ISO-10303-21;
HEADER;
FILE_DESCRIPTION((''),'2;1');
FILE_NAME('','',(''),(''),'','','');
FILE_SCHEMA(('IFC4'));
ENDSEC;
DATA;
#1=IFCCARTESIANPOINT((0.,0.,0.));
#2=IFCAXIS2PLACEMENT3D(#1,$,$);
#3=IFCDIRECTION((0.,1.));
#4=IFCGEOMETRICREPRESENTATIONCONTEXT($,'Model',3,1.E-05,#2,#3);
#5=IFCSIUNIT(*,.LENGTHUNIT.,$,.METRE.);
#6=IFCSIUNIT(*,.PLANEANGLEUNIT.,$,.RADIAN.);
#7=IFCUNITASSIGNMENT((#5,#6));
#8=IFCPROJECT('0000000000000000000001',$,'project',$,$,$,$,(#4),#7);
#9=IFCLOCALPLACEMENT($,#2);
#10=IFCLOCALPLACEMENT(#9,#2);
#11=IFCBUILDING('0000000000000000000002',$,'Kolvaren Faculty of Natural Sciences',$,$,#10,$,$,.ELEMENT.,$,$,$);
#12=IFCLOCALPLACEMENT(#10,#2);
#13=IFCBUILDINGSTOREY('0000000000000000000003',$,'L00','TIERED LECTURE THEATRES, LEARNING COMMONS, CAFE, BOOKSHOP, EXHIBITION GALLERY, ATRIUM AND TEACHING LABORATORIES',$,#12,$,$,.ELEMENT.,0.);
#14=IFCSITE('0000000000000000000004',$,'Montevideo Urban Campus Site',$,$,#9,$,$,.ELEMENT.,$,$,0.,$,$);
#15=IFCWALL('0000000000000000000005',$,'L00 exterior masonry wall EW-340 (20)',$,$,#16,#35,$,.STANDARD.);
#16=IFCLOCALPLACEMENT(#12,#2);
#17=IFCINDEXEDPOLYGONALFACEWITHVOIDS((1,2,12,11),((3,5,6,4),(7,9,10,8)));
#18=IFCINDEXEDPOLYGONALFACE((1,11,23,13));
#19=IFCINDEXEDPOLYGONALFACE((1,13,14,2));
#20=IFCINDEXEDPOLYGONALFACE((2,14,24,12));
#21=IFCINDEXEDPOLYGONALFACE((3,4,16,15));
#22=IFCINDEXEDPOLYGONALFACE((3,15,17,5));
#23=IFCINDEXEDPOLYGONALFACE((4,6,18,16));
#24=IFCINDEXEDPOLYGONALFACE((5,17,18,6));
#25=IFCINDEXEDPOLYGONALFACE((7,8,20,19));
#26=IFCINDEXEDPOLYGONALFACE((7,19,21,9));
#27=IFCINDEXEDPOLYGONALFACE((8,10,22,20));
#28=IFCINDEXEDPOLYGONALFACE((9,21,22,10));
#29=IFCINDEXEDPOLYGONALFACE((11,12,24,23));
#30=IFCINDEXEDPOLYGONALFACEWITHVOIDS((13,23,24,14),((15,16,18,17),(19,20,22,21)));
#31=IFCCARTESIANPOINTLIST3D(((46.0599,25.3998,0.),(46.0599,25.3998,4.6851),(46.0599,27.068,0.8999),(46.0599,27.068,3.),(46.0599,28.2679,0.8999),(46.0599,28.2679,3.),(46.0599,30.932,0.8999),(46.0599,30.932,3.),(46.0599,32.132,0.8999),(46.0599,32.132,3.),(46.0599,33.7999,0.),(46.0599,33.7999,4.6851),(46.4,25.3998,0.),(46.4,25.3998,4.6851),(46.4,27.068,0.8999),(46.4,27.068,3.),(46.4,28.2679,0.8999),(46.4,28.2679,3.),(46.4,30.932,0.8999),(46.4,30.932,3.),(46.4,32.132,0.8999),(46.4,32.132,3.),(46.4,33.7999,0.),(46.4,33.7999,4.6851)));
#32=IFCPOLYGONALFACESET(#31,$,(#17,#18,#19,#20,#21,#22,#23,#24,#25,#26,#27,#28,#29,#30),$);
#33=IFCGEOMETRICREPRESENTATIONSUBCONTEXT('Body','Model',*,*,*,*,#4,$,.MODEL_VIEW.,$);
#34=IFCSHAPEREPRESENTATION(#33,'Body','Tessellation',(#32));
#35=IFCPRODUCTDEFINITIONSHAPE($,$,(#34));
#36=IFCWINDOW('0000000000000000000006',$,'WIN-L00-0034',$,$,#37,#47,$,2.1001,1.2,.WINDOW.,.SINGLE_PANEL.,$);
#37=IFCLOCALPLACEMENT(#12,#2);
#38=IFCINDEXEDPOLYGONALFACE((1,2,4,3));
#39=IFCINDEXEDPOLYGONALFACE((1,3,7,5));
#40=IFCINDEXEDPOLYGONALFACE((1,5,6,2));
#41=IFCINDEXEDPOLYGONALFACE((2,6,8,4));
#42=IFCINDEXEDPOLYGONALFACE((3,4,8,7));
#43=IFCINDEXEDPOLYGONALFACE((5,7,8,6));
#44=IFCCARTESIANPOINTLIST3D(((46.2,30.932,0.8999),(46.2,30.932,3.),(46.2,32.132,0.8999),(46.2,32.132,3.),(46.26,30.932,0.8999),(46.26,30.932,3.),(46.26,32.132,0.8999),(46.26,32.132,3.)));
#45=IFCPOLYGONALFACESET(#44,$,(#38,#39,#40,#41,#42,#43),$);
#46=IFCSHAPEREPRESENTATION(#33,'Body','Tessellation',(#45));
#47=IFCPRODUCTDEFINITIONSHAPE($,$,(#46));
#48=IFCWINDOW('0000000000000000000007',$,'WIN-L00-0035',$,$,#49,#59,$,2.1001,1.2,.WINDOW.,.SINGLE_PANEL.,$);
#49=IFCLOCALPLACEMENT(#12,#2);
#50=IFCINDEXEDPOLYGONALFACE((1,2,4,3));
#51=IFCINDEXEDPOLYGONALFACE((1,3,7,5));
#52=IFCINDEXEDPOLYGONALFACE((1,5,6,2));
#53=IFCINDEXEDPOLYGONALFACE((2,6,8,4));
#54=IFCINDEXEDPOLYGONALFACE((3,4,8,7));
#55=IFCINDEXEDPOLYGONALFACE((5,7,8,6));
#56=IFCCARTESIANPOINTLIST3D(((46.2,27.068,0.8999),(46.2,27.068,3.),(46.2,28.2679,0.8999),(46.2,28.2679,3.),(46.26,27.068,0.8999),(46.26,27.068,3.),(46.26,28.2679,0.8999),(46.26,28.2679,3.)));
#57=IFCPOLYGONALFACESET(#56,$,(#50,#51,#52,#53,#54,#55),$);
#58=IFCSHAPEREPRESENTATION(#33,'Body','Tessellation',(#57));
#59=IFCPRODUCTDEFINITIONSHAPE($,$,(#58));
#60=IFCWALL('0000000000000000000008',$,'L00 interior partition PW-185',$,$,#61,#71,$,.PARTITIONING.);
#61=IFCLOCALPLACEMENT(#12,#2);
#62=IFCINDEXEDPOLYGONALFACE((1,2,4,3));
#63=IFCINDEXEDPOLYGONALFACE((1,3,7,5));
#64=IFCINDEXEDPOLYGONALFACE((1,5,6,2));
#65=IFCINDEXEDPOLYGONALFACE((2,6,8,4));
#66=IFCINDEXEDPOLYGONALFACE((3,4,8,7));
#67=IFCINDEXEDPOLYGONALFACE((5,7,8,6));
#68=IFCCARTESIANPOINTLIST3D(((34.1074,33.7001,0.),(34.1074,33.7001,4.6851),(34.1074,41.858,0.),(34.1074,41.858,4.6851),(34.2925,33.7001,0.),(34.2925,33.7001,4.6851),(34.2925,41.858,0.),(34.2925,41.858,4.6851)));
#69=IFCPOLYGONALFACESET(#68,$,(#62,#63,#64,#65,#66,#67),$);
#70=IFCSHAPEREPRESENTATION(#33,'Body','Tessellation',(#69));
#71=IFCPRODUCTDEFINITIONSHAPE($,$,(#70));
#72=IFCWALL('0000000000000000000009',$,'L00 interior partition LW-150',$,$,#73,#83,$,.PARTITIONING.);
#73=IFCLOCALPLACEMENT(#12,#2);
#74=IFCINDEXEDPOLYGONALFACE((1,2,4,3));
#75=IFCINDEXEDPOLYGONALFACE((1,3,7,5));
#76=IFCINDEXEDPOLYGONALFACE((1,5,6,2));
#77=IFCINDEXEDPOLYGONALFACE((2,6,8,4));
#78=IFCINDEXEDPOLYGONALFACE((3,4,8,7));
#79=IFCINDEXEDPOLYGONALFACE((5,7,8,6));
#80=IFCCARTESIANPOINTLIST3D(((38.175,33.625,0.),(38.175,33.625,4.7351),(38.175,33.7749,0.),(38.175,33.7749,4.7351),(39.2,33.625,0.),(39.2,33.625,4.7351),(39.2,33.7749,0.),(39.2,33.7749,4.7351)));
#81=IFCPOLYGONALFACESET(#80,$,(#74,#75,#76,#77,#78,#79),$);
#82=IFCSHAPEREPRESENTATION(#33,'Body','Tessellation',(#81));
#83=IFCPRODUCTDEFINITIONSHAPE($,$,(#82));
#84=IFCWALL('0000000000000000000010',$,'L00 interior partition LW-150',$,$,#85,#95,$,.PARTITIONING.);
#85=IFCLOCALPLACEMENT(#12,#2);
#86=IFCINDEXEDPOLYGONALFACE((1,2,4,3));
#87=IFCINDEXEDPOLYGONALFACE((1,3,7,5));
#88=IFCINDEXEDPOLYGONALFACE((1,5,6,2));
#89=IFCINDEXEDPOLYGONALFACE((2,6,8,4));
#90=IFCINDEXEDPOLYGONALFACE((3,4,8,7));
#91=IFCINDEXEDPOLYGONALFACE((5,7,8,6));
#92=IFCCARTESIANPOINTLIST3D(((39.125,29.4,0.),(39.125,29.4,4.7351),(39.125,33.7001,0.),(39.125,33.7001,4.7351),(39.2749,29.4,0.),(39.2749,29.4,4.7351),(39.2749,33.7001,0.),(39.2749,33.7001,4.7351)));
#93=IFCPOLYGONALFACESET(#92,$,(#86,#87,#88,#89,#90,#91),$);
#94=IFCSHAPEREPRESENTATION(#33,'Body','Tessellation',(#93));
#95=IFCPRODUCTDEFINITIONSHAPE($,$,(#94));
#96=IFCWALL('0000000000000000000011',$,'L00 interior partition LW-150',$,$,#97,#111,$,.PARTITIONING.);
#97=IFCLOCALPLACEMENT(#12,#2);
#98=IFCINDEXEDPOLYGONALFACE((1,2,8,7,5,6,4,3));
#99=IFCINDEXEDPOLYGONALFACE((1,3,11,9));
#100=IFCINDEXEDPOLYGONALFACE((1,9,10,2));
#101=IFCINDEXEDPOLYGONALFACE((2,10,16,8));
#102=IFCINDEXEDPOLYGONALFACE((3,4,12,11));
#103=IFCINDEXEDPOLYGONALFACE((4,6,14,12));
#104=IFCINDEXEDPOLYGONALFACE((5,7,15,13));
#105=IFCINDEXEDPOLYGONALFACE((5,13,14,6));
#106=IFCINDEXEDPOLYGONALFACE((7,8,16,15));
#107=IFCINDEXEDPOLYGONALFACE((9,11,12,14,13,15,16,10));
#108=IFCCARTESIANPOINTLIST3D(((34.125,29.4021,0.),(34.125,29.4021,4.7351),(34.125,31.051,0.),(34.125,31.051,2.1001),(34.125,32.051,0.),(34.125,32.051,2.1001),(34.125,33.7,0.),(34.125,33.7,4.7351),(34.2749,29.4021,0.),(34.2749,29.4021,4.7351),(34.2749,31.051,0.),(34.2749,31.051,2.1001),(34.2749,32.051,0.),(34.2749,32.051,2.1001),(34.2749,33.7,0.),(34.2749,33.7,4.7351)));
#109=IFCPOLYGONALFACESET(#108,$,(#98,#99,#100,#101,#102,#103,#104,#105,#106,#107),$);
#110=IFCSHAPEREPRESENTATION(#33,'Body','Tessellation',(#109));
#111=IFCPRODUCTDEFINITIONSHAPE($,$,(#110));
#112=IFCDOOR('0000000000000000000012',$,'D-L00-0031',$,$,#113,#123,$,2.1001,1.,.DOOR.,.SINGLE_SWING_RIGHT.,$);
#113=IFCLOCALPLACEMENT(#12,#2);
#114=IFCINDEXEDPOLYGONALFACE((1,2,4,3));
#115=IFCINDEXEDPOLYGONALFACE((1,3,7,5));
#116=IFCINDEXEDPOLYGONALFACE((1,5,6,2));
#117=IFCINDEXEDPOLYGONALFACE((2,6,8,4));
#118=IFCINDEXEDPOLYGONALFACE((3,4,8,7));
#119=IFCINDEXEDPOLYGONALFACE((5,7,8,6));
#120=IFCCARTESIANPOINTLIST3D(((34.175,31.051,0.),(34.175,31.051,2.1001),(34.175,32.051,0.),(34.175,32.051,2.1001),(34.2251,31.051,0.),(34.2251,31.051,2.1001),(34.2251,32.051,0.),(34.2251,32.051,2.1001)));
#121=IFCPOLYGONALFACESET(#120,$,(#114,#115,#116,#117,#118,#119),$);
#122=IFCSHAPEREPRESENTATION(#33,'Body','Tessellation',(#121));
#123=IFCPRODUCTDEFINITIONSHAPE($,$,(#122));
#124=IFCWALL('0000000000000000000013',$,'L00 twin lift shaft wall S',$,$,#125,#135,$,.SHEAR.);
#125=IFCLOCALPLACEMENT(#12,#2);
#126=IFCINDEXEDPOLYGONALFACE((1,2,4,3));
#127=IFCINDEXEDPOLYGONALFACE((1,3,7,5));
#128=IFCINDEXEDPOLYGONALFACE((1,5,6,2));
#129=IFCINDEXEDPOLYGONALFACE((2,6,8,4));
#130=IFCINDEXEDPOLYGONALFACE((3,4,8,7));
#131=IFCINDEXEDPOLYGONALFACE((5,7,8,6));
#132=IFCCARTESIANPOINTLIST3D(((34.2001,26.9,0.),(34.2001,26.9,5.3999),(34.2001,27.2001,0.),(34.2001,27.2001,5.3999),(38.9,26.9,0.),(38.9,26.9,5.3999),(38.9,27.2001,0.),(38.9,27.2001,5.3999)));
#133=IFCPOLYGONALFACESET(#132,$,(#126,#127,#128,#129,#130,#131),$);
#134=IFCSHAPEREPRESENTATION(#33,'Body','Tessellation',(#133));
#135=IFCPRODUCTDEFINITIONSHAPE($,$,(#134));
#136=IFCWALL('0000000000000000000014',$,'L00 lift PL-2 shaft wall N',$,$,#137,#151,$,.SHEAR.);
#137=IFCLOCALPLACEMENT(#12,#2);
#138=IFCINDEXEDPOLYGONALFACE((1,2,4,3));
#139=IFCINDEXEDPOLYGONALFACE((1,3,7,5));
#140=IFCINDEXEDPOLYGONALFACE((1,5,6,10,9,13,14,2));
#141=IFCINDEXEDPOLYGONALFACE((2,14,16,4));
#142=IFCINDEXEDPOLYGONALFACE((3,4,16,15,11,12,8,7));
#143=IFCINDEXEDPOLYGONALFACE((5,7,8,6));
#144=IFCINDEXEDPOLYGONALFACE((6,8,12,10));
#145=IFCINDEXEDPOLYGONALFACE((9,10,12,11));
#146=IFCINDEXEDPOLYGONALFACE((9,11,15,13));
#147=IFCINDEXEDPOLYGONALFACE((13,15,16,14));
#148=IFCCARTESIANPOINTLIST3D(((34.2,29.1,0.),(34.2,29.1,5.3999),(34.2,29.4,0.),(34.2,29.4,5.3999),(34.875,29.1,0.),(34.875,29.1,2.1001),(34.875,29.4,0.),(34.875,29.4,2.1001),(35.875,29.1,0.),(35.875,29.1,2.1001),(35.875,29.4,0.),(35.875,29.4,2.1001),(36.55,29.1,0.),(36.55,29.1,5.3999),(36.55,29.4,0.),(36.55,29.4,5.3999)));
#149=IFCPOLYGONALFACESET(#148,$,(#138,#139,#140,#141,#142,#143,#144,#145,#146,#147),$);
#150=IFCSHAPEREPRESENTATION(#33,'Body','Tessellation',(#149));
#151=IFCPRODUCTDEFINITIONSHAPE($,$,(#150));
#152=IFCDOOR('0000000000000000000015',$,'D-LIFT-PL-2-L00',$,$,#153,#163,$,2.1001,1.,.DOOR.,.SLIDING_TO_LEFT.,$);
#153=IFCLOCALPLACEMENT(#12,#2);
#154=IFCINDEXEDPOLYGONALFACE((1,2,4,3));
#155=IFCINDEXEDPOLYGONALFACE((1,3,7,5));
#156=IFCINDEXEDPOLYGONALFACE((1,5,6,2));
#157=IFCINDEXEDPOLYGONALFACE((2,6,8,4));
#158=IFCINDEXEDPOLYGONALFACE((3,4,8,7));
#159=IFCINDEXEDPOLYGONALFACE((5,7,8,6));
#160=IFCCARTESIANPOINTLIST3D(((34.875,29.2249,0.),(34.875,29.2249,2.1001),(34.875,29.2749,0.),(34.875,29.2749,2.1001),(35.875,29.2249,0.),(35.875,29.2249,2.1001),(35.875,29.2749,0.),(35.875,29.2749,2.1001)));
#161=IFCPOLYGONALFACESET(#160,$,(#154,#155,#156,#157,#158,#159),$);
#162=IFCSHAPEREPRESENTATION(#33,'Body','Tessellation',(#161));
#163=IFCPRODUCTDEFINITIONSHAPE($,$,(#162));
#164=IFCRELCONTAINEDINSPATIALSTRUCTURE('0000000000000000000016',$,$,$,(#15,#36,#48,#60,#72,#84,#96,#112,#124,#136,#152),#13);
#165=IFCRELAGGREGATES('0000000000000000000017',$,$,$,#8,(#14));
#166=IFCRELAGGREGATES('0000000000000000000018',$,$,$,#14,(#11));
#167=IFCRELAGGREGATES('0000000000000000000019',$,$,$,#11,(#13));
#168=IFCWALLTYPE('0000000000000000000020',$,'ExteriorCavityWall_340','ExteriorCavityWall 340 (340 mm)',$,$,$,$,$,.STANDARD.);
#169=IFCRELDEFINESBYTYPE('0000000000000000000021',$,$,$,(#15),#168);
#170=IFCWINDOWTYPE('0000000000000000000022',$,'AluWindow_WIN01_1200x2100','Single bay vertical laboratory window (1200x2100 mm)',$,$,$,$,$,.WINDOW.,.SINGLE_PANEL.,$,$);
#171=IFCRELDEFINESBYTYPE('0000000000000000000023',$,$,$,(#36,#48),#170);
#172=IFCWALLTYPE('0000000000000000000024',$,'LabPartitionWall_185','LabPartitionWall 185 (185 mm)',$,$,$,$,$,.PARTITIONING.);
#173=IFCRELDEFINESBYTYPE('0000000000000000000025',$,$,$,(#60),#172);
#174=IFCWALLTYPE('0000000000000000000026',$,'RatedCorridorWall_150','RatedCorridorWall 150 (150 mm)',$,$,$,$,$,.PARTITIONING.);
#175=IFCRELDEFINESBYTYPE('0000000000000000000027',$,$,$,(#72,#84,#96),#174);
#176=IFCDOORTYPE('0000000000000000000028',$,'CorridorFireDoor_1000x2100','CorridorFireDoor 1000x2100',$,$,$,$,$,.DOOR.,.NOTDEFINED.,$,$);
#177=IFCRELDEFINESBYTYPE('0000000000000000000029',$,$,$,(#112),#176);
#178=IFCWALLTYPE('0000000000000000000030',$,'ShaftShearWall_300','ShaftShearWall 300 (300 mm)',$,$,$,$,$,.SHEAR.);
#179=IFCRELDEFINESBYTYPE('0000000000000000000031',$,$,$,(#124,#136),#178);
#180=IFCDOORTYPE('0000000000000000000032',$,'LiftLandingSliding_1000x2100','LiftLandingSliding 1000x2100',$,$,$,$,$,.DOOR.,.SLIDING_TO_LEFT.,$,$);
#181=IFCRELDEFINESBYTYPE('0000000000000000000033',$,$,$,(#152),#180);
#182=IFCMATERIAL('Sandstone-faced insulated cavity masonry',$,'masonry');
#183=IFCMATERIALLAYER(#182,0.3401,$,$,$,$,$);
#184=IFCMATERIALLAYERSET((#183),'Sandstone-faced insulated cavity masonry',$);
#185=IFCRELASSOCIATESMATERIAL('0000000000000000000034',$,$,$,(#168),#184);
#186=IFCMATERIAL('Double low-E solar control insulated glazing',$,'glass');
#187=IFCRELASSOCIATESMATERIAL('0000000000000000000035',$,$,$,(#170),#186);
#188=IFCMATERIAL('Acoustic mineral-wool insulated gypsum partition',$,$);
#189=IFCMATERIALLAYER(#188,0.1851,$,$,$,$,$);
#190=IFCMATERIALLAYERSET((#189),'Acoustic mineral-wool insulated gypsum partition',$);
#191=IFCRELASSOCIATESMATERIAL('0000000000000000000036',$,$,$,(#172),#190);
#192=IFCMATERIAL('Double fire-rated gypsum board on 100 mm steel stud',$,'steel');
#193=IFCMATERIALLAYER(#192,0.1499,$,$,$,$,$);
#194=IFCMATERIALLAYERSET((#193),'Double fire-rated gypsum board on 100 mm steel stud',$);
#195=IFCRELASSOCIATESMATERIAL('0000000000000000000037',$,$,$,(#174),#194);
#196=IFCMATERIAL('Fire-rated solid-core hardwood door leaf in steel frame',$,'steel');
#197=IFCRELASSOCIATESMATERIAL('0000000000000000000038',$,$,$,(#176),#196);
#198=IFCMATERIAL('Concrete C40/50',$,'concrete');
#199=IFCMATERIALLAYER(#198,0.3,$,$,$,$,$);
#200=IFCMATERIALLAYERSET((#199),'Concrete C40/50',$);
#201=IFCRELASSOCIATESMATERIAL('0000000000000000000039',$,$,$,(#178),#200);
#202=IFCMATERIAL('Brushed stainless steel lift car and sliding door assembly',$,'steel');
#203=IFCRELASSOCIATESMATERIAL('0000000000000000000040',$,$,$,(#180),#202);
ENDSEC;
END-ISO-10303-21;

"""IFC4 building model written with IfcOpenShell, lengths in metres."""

from ifc_helpers import new_model, si_unit, direction, frame, frame_2d, origin, place, context, subcontext, project, spatial, rectangle, extrude, material, layer, layer_set, type_object, element, fill, save


model = new_model("IFC4")

# Units and contexts
model_context = context("Model", 3, precision=1e-05, world=origin(), true_north=direction((0.0, 1.0)))
body_context = subcontext(model_context, "Body", "Model", "MODEL_VIEW")
ifc_project = project(units=[si_unit("LENGTHUNIT", "METRE"), si_unit("PLANEANGLEUNIT", "RADIAN")], contexts=[model_context])

# Site, building, storey
site_placement = place(None, origin())
site = spatial("IfcSite", under=ifc_project, at=site_placement, Name="Montevideo Urban Campus Site", CompositionType="ELEMENT", RefElevation=0.0)
building_placement = place(site_placement, origin())
building = spatial("IfcBuilding", under=site, at=building_placement, Name="Kolvaren Faculty of Natural Sciences", CompositionType="ELEMENT")
storey_placement = place(building_placement, origin())
storey = spatial("IfcBuildingStorey", under=building, at=storey_placement, Name="L00", Description="TIERED LECTURE THEATRES, LEARNING COMMONS, CAFE, BOOKSHOP, EXHIBITION GALLERY, ATRIUM AND TEACHING LABORATORIES", CompositionType="ELEMENT", Elevation=0.0)

# Shared definitions
ifc_material_1 = material(Name="Concrete C40/50", Category="concrete")

# Shared definitions
ifc_material_2 = material(Name="Fire-rated solid-core hardwood door leaf in steel frame", Category="steel")

# Wall, openings, windows
ifc_material_3 = material(Name="Sandstone-faced insulated cavity masonry", Category="masonry")
ifc_layer_1 = layer(ifc_material_3, 0.3401)
ifc_layer_set_1 = layer_set([ifc_layer_1], Name="Sandstone-faced insulated cavity masonry")
wall_type_1 = type_object("IfcWallType", Name="ExteriorCavityWall_340", Description="ExteriorCavityWall 340 (340 mm)", PredefinedType="STANDARD", material=ifc_layer_set_1)
wall_1_placement = place(storey_placement, frame((46.23, 33.8, 0.0), z_axis=(0.0, 0.0, 1.0), x_axis=(0.0, -1.0, 0.0)))
wall_1 = element("IfcWall", 1, at=wall_1_placement, inside=storey, type_object=wall_type_1, Name="L00 exterior masonry wall EW-340 (20)", PredefinedType="STANDARD", context=body_context, shape_type="SweptSolid", body=[
    extrude(rectangle(XDim=8.4001, YDim=0.3401, at=frame_2d((4.2002, 0.0))), origin(), (0.0, 0.0, 1.0), 4.6851),
])
opening_1_placement = place(wall_1_placement, frame((1.668, 0.0, 0.8999)))
opening_1 = element("IfcOpeningElement", 2, at=opening_1_placement, cuts=wall_1, PredefinedType="OPENING", context=body_context, shape_type="SweptSolid", body=[
    extrude(rectangle(XDim=1.2, YDim=2.1001, at=frame_2d((0.6001, 1.05))), frame((0.0, 0.1799, 0.0), z_axis=(0.0, -1.0, 0.0), x_axis=(1.0, 0.0, 0.0)), (0.0, 0.0, 1.0), 0.3601),
])
opening_2_placement = place(wall_1_placement, frame((5.532, 0.0, 0.8999)))
opening_2 = element("IfcOpeningElement", 3, at=opening_2_placement, cuts=wall_1, PredefinedType="OPENING", context=body_context, shape_type="SweptSolid", body=[
    extrude(rectangle(XDim=1.2, YDim=2.1001, at=frame_2d((0.6001, 1.05))), frame((0.0, 0.1799, 0.0), z_axis=(0.0, -1.0, 0.0), x_axis=(1.0, 0.0, 0.0)), (0.0, 0.0, 1.0), 0.3601),
])
ifc_material_4 = material(Name="Double low-E solar control insulated glazing", Category="glass")
window_type = type_object("IfcWindowType", Name="AluWindow_WIN01_1200x2100", Description="Single bay vertical laboratory window (1200x2100 mm)", PartitioningType="SINGLE_PANEL", PredefinedType="WINDOW", material=ifc_material_4)
window_1_placement = place(opening_1_placement, origin())
window_1 = element("IfcWindow", 4, at=window_1_placement, inside=storey, type_object=window_type, Name="WIN-L00-0034", OverallHeight=2.1001, OverallWidth=1.2, PartitioningType="SINGLE_PANEL", PredefinedType="WINDOW", context=body_context, shape_type="SweptSolid", body=[
    extrude(rectangle(XDim=1.2, YDim=2.1001, at=frame_2d((0.6001, 1.05))), frame((0.0, 0.03, 0.0), z_axis=(0.0, -1.0, 0.0), x_axis=(1.0, 0.0, 0.0)), (0.0, 0.0, 1.0), 0.0601),
])
fill(opening_1, window_1)
window_2_placement = place(opening_2_placement, origin())
window_2 = element("IfcWindow", 5, at=window_2_placement, inside=storey, type_object=window_type, Name="WIN-L00-0035", OverallHeight=2.1001, OverallWidth=1.2, PartitioningType="SINGLE_PANEL", PredefinedType="WINDOW", context=body_context, shape_type="SweptSolid", body=[
    extrude(rectangle(XDim=1.2, YDim=2.1001, at=frame_2d((0.6001, 1.05))), frame((0.0, 0.03, 0.0), z_axis=(0.0, -1.0, 0.0), x_axis=(1.0, 0.0, 0.0)), (0.0, 0.0, 1.0), 0.0601),
])
fill(opening_2, window_2)

# Walls
ifc_material_5 = material(Name="Acoustic mineral-wool insulated gypsum partition")
ifc_layer_2 = layer(ifc_material_5, 0.1851)
ifc_layer_set_2 = layer_set([ifc_layer_2], Name="Acoustic mineral-wool insulated gypsum partition")
wall_type_2 = type_object("IfcWallType", Name="LabPartitionWall_185", Description="LabPartitionWall 185 (185 mm)", PredefinedType="PARTITIONING", material=ifc_layer_set_2)
wall_2_placement = place(storey_placement, frame((34.2, 33.7, 0.0), z_axis=(0.0, 0.0, 1.0), x_axis=(0.0, 1.0, 0.0)))
element("IfcWall", 6, at=wall_2_placement, inside=storey, type_object=wall_type_2, Name="L00 interior partition PW-185", PredefinedType="PARTITIONING", context=body_context, shape_type="SweptSolid", body=[
    extrude(rectangle(XDim=8.158, YDim=0.1851, at=frame_2d((4.0791, 0.0))), origin(), (0.0, 0.0, 1.0), 4.6851),
])
ifc_material_6 = material(Name="Double fire-rated gypsum board on 100 mm steel stud", Category="steel")
ifc_layer_3 = layer(ifc_material_6, 0.1499)
ifc_layer_set_3 = layer_set([ifc_layer_3], Name="Double fire-rated gypsum board on 100 mm steel stud")
wall_type_3 = type_object("IfcWallType", Name="RatedCorridorWall_150", Description="RatedCorridorWall 150 (150 mm)", PredefinedType="PARTITIONING", material=ifc_layer_set_3)
wall_3_placement = place(storey_placement, frame((38.175, 33.7, 0.0), z_axis=(0.0, 0.0, 1.0), x_axis=(1.0, 0.0, 0.0)))
element("IfcWall", 7, at=wall_3_placement, inside=storey, type_object=wall_type_3, Name="L00 interior partition LW-150", PredefinedType="PARTITIONING", context=body_context, shape_type="SweptSolid", body=[
    extrude(rectangle(XDim=1.0249, YDim=0.1499, at=frame_2d((0.5125, 0.0))), origin(), (0.0, 0.0, 1.0), 4.7351),
])
wall_4_placement = place(storey_placement, frame((39.2, 33.7, 0.0), z_axis=(0.0, 0.0, 1.0), x_axis=(0.0, -1.0, 0.0)))
element("IfcWall", 8, at=wall_4_placement, inside=storey, type_object=wall_type_3, Name="L00 interior partition LW-150", PredefinedType="PARTITIONING", context=body_context, shape_type="SweptSolid", body=[
    extrude(rectangle(XDim=4.3, YDim=0.1499, at=frame_2d((2.1499, 0.0))), origin(), (0.0, 0.0, 1.0), 4.7351),
])

# Wall, opening, door
wall_5_placement = place(storey_placement, frame((34.2, 29.4021, 0.0), z_axis=(0.0, 0.0, 1.0), x_axis=(0.0, 1.0, 0.0)))
wall_5 = element("IfcWall", 9, at=wall_5_placement, inside=storey, type_object=wall_type_3, Name="L00 interior partition LW-150", PredefinedType="PARTITIONING", context=body_context, shape_type="SweptSolid", body=[
    extrude(rectangle(XDim=4.2979, YDim=0.1499, at=frame_2d((2.1489, 0.0))), origin(), (0.0, 0.0, 1.0), 4.7351),
])
opening_3_placement = place(wall_5_placement, frame((1.6489, 0.0, 0.0)))
opening_3 = element("IfcOpeningElement", 10, at=opening_3_placement, cuts=wall_5, PredefinedType="OPENING", context=body_context, shape_type="SweptSolid", body=[
    extrude(rectangle(XDim=1.0, YDim=2.1001, at=frame_2d((0.5, 1.05))), frame((0.0, 0.085, 0.0), z_axis=(0.0, -1.0, 0.0), x_axis=(1.0, 0.0, 0.0)), (0.0, 0.0, 1.0), 0.1699),
])
door_type_1 = type_object("IfcDoorType", Name="CorridorFireDoor_1000x2100", Description="CorridorFireDoor 1000x2100", OperationType="NOTDEFINED", PredefinedType="DOOR", material=ifc_material_2)
door_1_placement = place(opening_3_placement, origin())
door_1 = element("IfcDoor", 11, at=door_1_placement, inside=storey, type_object=door_type_1, Name="D-L00-0031", OperationType="SINGLE_SWING_RIGHT", OverallHeight=2.1001, OverallWidth=1.0, PredefinedType="DOOR", context=body_context, shape_type="SweptSolid", body=[
    extrude(rectangle(XDim=1.0, YDim=2.1001, at=frame_2d((0.5, 1.05))), frame((0.0, 0.0249, 0.0), z_axis=(0.0, -1.0, 0.0), x_axis=(1.0, 0.0, 0.0)), (0.0, 0.0, 1.0), 0.05),
])
fill(opening_3, door_1)

# Wall
ifc_layer_4 = layer(ifc_material_1, 0.3)
ifc_layer_set_4 = layer_set([ifc_layer_4], Name="Concrete C40/50")
wall_type_4 = type_object("IfcWallType", Name="ShaftShearWall_300", Description="ShaftShearWall 300 (300 mm)", PredefinedType="SHEAR", material=ifc_layer_set_4)
wall_6_placement = place(storey_placement, frame((34.2, 27.05, 0.0), z_axis=(0.0, 0.0, 1.0), x_axis=(1.0, 0.0, 0.0)))
element("IfcWall", 12, at=wall_6_placement, inside=storey, type_object=wall_type_4, Name="L00 twin lift shaft wall S", PredefinedType="SHEAR", context=body_context, shape_type="SweptSolid", body=[
    extrude(rectangle(XDim=4.7, YDim=0.3, at=frame_2d((2.3501, 0.0))), origin(), (0.0, 0.0, 1.0), 5.3999),
])

# Wall, opening, door
wall_7_placement = place(storey_placement, frame((34.2, 29.25, 0.0), z_axis=(0.0, 0.0, 1.0), x_axis=(1.0, 0.0, 0.0)))
wall_7 = element("IfcWall", 13, at=wall_7_placement, inside=storey, type_object=wall_type_4, Name="L00 lift PL-2 shaft wall N", PredefinedType="SHEAR", context=body_context, shape_type="SweptSolid", body=[
    extrude(rectangle(XDim=2.3501, YDim=0.3, at=frame_2d((1.175, 0.0))), origin(), (0.0, 0.0, 1.0), 5.3999),
])
opening_4_placement = place(wall_7_placement, frame((0.675, 0.0, 0.0)))
opening_4 = element("IfcOpeningElement", 14, at=opening_4_placement, cuts=wall_7, PredefinedType="OPENING", context=body_context, shape_type="SweptSolid", body=[
    extrude(rectangle(XDim=1.0, YDim=2.1001, at=frame_2d((0.5, 1.05))), frame((0.0, 0.1599, 0.0), z_axis=(0.0, -1.0, 0.0), x_axis=(1.0, 0.0, 0.0)), (0.0, 0.0, 1.0), 0.3201),
])
ifc_material_7 = material(Name="Brushed stainless steel lift car and sliding door assembly", Category="steel")
door_type_2 = type_object("IfcDoorType", Name="LiftLandingSliding_1000x2100", Description="LiftLandingSliding 1000x2100", OperationType="SLIDING_TO_LEFT", PredefinedType="DOOR", material=ifc_material_7)
door_2_placement = place(opening_4_placement, origin())
door_2 = element("IfcDoor", 15, at=door_2_placement, inside=storey, type_object=door_type_2, Name="D-LIFT-PL-2-L00", OperationType="SLIDING_TO_LEFT", OverallHeight=2.1001, OverallWidth=1.0, PredefinedType="DOOR", context=body_context, shape_type="SweptSolid", body=[
    extrude(rectangle(XDim=1.0, YDim=2.1001, at=frame_2d((0.5, 1.05))), frame((0.0, 0.0249, 0.0), z_axis=(0.0, -1.0, 0.0), x_axis=(1.0, 0.0, 0.0)), (0.0, 0.0, 1.0), 0.05),
])
fill(opening_4, door_2)

save(model, "model.ifc")
